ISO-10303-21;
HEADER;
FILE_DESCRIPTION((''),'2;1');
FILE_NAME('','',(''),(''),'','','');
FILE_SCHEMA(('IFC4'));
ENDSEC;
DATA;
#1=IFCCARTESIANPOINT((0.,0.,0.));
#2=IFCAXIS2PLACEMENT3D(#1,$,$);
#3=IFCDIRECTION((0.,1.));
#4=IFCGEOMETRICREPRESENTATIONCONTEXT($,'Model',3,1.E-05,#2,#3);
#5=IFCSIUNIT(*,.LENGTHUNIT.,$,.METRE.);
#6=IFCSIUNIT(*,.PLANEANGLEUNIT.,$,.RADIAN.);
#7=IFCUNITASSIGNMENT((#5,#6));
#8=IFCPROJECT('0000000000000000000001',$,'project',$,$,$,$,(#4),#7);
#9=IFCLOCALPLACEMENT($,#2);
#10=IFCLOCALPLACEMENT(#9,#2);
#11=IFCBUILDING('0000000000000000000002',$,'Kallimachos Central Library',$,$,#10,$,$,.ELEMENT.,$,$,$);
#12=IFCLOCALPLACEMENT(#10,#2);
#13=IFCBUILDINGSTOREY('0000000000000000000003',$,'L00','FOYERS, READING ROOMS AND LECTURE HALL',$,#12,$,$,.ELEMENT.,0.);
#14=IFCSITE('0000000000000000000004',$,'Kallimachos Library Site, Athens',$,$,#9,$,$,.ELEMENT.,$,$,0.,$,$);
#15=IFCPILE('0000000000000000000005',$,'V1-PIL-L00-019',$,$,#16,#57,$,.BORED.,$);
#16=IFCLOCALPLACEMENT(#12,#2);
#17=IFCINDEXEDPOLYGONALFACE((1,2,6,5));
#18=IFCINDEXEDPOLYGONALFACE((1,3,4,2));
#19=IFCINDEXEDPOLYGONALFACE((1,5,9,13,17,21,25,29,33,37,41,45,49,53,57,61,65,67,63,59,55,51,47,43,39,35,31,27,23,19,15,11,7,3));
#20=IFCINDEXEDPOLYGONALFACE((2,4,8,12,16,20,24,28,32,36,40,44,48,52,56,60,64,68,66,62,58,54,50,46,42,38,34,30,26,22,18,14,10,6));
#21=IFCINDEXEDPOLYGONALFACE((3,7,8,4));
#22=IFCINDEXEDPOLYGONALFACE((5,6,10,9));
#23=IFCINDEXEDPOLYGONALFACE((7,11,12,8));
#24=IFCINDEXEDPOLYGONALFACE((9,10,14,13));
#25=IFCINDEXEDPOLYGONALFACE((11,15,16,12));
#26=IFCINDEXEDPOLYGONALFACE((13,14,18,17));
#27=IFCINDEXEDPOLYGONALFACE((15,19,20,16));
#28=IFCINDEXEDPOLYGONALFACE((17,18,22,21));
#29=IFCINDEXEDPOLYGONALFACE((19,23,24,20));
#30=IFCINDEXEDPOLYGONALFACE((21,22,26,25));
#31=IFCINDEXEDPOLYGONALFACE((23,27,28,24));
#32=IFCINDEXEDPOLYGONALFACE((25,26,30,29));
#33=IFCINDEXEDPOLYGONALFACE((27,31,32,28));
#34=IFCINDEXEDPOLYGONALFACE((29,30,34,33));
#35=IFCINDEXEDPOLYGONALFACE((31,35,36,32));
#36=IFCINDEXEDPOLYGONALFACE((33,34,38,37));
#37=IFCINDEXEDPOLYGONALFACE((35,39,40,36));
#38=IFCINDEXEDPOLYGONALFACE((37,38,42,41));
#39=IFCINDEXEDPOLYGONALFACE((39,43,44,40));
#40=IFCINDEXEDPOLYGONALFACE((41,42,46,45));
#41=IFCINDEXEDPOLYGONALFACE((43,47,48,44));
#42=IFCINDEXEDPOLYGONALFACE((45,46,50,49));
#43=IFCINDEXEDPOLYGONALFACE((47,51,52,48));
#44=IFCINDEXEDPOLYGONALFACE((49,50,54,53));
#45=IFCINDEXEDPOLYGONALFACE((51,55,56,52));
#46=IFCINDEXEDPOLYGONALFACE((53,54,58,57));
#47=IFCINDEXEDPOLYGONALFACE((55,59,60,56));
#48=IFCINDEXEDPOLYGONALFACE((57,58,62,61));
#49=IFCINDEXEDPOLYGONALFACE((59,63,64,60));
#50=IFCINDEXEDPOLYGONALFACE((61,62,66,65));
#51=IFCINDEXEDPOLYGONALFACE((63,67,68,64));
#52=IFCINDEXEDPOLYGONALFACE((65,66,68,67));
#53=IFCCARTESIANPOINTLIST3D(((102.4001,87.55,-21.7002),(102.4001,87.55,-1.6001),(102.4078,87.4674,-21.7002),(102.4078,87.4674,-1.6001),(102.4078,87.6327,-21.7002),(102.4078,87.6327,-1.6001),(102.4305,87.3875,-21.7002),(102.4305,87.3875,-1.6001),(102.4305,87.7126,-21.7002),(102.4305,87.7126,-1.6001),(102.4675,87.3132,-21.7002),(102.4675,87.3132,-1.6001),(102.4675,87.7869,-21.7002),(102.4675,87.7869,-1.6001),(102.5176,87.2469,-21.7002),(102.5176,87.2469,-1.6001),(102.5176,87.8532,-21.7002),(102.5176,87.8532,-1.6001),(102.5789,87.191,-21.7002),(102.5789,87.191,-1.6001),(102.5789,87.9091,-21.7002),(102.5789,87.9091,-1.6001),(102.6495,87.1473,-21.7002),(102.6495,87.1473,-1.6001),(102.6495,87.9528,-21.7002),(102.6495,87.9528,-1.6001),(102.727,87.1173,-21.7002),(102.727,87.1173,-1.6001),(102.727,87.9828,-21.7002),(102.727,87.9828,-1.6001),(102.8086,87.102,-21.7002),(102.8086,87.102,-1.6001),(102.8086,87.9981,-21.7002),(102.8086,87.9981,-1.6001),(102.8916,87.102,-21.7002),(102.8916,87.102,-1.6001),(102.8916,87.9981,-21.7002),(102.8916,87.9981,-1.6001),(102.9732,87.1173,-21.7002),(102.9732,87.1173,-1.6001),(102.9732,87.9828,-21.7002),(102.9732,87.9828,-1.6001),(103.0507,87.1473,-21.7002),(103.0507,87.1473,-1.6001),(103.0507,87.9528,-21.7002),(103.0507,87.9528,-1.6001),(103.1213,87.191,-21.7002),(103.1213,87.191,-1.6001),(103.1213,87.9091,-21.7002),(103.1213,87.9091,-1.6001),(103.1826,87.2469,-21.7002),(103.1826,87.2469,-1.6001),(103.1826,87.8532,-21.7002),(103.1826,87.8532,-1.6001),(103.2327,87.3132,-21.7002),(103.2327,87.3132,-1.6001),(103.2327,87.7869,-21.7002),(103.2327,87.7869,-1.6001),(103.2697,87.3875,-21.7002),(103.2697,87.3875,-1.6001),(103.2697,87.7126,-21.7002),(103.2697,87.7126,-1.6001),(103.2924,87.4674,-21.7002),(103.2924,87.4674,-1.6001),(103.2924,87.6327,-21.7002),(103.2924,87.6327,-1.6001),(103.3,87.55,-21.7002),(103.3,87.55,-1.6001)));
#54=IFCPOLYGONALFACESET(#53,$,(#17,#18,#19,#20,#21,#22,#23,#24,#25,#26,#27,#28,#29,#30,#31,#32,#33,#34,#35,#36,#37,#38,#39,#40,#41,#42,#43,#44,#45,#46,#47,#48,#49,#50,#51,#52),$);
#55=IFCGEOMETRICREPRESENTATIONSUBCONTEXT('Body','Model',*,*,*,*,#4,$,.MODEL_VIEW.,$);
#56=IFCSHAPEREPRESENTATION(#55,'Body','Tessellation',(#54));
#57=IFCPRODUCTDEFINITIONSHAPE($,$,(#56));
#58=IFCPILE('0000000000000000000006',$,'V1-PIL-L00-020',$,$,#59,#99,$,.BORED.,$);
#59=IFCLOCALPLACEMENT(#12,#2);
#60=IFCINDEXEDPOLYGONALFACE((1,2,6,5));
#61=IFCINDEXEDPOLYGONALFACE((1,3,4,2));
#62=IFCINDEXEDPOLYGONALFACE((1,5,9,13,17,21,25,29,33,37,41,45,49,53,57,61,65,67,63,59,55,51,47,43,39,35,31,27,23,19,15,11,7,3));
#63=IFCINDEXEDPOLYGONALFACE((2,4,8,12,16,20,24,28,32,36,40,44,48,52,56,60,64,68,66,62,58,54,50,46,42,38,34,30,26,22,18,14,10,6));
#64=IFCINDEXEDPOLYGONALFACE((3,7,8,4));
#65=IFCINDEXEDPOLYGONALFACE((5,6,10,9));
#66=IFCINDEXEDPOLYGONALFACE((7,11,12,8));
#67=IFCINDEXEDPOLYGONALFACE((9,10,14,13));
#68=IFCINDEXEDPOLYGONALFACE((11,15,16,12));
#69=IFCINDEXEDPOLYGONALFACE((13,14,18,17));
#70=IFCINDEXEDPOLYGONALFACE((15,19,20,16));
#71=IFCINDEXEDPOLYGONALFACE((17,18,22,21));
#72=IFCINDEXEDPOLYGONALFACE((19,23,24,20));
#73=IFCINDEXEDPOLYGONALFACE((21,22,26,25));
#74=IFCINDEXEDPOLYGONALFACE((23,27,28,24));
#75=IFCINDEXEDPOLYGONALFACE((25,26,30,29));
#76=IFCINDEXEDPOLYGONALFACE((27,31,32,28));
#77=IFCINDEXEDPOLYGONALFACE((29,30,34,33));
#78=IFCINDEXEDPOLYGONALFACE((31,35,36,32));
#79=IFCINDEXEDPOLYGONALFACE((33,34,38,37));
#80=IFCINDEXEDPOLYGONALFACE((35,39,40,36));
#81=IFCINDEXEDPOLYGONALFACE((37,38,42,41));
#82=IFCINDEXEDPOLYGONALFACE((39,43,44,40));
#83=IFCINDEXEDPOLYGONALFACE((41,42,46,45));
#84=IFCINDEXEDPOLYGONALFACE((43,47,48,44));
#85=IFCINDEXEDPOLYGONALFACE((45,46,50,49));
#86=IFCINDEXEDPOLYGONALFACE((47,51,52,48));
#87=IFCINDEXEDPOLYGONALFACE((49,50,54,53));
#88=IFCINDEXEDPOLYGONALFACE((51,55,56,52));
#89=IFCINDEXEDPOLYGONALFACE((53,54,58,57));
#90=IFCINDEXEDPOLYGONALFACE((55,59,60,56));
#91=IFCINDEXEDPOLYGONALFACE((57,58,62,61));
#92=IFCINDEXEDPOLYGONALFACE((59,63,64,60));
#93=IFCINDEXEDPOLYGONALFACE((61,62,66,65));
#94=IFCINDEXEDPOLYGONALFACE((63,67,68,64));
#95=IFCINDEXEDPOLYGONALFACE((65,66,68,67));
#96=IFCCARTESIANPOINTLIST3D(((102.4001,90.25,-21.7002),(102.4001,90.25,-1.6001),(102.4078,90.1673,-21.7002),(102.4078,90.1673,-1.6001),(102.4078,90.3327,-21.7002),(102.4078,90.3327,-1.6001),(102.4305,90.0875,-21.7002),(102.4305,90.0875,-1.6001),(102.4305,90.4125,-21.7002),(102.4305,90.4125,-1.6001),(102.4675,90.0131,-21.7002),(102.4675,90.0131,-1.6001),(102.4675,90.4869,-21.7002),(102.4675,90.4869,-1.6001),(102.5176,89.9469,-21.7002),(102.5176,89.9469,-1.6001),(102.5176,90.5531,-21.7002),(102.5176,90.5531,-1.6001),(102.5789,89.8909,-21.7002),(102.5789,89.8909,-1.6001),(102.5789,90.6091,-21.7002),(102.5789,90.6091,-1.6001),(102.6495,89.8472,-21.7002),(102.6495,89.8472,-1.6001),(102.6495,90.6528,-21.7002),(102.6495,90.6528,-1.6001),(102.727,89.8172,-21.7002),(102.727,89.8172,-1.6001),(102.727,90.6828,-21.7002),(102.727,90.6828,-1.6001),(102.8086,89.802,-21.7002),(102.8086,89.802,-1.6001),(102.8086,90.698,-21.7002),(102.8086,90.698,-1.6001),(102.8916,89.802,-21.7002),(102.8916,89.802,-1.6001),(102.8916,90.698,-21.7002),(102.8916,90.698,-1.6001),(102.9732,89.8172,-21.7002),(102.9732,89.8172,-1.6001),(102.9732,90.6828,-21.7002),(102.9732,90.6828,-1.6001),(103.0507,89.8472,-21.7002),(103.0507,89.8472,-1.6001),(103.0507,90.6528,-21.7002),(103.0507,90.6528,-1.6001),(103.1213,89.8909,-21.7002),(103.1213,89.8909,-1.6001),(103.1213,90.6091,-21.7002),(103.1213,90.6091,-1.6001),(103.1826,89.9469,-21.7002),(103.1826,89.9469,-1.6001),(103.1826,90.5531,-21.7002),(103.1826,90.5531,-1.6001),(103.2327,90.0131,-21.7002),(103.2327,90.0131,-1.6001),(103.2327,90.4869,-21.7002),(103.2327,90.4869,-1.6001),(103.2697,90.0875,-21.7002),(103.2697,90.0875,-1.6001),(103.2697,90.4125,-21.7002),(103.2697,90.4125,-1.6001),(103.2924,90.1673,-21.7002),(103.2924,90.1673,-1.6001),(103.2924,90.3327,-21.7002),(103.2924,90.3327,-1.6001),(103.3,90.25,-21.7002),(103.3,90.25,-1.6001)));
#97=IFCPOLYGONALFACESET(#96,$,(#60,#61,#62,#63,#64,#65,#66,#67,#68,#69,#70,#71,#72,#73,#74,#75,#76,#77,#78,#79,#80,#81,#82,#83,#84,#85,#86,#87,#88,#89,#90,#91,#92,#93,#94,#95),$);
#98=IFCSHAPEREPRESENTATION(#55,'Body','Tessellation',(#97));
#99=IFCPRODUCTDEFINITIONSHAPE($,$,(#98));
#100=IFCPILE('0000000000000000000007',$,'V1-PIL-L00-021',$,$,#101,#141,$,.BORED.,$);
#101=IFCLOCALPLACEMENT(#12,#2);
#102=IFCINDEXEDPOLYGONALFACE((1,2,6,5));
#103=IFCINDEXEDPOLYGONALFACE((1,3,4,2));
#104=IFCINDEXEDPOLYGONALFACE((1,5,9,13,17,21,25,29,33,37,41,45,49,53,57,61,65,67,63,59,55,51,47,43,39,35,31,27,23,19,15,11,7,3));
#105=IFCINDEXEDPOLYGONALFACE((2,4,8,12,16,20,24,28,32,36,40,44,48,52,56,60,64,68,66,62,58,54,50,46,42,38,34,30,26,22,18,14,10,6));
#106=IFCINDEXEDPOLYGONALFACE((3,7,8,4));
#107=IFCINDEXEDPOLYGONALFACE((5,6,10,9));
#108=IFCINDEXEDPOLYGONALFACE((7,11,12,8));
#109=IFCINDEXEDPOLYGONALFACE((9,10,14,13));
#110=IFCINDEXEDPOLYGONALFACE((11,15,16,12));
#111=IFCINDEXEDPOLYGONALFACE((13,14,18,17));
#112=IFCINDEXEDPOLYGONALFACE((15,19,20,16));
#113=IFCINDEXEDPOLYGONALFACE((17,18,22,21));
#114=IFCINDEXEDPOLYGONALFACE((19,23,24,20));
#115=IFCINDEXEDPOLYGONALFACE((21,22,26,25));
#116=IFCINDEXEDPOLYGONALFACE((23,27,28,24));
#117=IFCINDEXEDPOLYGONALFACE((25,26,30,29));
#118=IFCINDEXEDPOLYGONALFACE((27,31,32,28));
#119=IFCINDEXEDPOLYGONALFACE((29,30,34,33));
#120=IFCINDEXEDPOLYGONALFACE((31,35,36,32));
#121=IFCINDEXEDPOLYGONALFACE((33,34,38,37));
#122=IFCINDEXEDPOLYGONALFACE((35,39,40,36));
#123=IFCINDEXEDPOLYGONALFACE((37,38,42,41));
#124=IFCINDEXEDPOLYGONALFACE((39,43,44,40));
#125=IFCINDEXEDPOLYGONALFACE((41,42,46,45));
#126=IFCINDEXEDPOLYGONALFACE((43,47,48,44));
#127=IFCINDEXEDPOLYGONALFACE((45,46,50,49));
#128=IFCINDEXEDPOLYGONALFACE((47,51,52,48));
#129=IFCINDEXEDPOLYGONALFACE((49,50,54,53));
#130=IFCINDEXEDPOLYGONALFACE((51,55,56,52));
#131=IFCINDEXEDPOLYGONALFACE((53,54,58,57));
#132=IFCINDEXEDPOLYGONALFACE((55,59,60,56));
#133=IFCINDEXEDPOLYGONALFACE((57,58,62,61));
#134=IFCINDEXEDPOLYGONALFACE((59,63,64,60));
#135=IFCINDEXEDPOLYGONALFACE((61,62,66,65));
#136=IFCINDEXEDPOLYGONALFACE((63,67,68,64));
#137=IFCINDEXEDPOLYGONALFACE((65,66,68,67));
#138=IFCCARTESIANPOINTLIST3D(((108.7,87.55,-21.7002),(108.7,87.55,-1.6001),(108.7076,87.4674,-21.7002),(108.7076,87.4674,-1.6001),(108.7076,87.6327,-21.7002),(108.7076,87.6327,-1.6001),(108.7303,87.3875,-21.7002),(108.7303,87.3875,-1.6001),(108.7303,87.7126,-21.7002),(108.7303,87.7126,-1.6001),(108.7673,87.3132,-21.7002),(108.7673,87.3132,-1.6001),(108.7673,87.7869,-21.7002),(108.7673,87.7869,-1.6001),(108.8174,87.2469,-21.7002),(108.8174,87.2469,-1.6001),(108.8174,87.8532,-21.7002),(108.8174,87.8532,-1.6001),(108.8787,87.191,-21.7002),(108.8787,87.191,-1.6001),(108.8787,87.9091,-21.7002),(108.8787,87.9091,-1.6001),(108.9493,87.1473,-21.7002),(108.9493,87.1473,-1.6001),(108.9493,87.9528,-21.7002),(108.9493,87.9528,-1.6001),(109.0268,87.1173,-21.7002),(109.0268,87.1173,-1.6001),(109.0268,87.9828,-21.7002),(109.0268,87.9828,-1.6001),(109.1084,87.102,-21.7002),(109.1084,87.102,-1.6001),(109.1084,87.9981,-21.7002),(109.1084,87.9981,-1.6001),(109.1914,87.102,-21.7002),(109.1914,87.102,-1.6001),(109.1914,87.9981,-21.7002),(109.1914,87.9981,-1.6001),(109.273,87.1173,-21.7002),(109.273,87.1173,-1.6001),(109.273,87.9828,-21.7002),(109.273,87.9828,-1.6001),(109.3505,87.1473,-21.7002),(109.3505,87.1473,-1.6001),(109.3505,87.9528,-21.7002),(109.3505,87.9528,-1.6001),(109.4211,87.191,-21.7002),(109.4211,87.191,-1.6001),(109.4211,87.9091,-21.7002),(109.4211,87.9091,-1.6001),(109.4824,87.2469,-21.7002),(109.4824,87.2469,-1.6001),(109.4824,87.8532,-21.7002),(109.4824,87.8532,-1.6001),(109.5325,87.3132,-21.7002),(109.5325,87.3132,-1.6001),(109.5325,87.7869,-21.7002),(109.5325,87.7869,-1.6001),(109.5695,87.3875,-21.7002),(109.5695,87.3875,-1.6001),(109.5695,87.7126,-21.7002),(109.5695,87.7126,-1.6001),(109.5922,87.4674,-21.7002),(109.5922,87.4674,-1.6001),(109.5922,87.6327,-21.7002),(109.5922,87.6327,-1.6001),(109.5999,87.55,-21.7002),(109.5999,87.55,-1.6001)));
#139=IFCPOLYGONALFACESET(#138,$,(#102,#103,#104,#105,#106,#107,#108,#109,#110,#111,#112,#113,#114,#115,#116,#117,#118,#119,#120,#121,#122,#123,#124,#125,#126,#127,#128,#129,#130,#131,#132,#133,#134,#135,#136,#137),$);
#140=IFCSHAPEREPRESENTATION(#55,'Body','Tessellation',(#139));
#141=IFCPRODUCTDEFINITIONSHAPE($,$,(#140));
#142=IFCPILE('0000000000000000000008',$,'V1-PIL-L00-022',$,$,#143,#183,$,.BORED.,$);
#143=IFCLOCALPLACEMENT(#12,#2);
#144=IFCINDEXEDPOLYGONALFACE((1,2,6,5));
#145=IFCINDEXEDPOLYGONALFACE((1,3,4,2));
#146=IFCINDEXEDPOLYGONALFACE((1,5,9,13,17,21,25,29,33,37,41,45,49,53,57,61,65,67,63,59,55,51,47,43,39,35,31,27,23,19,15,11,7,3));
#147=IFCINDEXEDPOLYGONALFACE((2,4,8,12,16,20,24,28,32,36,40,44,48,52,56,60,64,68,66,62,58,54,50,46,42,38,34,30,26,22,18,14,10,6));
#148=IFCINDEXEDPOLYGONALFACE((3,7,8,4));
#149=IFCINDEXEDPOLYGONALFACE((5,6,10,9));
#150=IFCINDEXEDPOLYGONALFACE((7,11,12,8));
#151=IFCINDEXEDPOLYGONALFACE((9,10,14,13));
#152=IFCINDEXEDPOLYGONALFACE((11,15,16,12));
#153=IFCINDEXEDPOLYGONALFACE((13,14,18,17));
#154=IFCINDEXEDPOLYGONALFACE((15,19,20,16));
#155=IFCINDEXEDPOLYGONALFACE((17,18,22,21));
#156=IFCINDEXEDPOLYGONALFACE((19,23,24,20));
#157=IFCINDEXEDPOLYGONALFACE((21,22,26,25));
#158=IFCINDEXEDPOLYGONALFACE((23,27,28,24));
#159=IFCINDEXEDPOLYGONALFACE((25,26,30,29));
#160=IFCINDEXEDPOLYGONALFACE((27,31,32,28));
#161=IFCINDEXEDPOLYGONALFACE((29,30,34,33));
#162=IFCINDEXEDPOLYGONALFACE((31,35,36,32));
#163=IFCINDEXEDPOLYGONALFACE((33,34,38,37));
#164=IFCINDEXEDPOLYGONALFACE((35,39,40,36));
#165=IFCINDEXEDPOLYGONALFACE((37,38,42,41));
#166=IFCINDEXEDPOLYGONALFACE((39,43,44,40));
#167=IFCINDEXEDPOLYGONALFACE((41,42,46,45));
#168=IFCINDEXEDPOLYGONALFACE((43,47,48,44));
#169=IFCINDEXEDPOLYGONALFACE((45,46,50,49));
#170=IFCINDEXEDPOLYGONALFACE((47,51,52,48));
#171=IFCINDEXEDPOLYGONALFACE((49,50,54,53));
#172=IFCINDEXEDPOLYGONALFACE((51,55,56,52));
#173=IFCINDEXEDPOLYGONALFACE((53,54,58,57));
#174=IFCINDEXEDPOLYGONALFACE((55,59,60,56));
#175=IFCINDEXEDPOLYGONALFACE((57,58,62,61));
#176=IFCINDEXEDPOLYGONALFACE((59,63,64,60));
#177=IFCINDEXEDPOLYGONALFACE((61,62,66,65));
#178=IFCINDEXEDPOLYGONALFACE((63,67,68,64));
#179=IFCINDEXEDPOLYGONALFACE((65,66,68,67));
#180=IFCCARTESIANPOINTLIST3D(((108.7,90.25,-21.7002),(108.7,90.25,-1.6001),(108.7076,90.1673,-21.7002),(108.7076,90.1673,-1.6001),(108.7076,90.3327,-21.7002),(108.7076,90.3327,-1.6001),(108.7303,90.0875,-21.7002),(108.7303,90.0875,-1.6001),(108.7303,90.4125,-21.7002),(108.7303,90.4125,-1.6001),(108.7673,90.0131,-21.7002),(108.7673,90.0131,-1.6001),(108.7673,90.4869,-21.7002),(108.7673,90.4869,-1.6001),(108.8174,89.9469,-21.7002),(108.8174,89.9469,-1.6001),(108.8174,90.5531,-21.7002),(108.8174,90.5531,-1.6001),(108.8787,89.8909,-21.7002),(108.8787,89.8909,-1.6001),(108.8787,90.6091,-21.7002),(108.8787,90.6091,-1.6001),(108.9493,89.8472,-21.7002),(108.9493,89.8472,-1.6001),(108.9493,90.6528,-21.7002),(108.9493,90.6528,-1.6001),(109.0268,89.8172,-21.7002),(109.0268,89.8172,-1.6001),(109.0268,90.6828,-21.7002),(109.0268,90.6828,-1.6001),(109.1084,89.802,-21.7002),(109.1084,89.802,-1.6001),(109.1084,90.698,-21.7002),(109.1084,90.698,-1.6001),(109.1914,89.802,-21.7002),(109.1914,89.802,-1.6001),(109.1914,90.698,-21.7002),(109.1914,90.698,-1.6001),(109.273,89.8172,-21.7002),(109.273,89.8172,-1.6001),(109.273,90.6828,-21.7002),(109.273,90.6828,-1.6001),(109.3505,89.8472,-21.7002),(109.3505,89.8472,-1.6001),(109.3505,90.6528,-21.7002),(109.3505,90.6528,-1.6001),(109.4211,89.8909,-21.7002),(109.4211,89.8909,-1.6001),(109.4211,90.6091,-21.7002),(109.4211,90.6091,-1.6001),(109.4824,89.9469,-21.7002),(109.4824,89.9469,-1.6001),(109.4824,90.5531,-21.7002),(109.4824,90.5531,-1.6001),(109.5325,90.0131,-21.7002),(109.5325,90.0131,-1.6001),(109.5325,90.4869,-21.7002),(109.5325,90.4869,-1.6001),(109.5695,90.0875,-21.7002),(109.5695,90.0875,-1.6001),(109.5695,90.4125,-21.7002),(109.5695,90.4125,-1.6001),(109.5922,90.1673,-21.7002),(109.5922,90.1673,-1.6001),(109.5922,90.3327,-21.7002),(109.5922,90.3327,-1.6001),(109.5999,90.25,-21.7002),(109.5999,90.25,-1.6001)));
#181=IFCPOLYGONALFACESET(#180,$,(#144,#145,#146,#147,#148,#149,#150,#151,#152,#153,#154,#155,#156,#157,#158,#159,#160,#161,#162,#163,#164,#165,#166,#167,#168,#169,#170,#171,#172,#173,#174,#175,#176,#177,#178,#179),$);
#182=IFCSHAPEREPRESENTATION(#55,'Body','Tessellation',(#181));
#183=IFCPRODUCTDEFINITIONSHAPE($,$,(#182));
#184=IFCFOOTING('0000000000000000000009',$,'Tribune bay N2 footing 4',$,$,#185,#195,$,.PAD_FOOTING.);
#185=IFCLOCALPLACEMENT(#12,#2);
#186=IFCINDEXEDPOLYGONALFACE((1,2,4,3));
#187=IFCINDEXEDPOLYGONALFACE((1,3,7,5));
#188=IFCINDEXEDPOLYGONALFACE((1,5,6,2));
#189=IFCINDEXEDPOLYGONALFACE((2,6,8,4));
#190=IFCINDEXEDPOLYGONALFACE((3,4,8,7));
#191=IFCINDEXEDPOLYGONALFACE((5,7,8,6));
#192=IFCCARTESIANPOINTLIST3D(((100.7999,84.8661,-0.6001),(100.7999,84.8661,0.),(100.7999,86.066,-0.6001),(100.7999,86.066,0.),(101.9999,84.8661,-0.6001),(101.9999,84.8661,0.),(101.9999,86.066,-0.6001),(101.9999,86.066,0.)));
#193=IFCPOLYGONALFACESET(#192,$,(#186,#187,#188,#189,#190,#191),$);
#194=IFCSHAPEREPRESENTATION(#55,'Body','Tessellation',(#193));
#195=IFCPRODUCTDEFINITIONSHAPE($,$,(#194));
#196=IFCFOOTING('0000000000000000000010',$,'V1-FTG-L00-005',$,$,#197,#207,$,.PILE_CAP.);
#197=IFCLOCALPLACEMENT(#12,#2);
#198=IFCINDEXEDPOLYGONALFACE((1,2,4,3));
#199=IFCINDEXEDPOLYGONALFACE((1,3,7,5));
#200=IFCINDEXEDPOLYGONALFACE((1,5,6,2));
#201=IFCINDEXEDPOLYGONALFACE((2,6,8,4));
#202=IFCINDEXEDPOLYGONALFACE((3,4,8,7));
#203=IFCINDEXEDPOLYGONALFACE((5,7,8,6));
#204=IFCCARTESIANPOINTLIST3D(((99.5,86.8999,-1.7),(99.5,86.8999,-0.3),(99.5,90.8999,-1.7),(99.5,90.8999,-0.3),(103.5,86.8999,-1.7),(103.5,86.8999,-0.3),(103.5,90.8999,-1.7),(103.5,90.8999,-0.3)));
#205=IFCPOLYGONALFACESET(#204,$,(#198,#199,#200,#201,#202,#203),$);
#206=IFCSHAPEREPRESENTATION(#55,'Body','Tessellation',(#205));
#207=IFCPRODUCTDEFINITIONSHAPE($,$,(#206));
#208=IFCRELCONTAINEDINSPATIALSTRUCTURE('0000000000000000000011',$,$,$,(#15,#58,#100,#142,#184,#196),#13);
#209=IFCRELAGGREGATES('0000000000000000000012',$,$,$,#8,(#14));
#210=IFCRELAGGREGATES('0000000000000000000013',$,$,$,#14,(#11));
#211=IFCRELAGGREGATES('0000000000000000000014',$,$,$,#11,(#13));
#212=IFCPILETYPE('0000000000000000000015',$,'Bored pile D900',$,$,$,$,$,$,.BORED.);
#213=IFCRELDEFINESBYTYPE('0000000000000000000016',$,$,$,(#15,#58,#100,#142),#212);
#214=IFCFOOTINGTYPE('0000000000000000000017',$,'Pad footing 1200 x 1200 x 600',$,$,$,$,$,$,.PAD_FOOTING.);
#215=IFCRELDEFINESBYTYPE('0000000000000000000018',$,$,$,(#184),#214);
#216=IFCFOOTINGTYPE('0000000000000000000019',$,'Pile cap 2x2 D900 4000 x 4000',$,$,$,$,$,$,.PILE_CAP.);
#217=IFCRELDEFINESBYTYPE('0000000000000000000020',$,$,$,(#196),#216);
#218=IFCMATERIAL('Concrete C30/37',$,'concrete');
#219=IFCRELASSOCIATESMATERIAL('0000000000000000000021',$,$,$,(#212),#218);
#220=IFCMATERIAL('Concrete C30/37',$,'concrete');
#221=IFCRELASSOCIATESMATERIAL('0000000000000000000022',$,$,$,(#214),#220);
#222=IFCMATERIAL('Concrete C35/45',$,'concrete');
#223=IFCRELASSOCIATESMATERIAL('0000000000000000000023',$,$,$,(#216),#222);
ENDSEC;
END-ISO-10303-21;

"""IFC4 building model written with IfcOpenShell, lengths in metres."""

from ifc_helpers import new_model, si_unit, direction, frame, origin, origin_2d, place, context, subcontext, project, spatial, rectangle, circle, extrude, material, type_object, element, save


model = new_model("IFC4")

# Units and contexts
model_context = context("Model", 3, precision=1e-05, world=origin(), true_north=direction((0.0, 1.0)))
body_context = subcontext(model_context, "Body", "Model", "MODEL_VIEW")
ifc_project = project(units=[si_unit("LENGTHUNIT", "METRE"), si_unit("PLANEANGLEUNIT", "RADIAN")], contexts=[model_context])

# Site, building, storey
site_placement = place(None, origin())
site = spatial("IfcSite", under=ifc_project, at=site_placement, Name="Kallimachos Library Site, Athens", CompositionType="ELEMENT", RefElevation=0.0)
building_placement = place(site_placement, origin())
building = spatial("IfcBuilding", under=site, at=building_placement, Name="Kallimachos Central Library", CompositionType="ELEMENT")
storey_placement = place(building_placement, origin())
storey = spatial("IfcBuildingStorey", under=building, at=storey_placement, Name="L00", Description="FOYERS, READING ROOMS AND LECTURE HALL", CompositionType="ELEMENT", Elevation=0.0)

# Piles
ifc_material_1 = material(Name="Concrete C30/37", Category="concrete")
pile_type = type_object("IfcPileType", Name="Bored pile D900", PredefinedType="BORED", material=ifc_material_1)
for number, where, z_axis, x_axis, name in (
    (1, (102.8501, 87.55, -1.6001), (0.0, 0.0, -1.0), (1.0, 0.0, 0.0), "V1-PIL-L00-019"),
    (2, (102.8501, 90.25, -1.6001), (0.0, 0.0, -1.0), (1.0, 0.0, 0.0), "V1-PIL-L00-020"),
    (3, (109.1499, 87.55, -1.6001), (0.0, 0.0, -1.0), (1.0, 0.0, 0.0), "V1-PIL-L00-021"),
    (4, (109.1499, 90.25, -1.6001), (0.0, 0.0, -1.0), (1.0, 0.0, 0.0), "V1-PIL-L00-022"),
):
    element("IfcPile", number, at=place(storey_placement, frame(where, z_axis=z_axis, x_axis=x_axis)), inside=storey, type_object=pile_type, Name=name, PredefinedType="BORED", context=body_context, shape_type="SweptSolid", body=[
        extrude(circle(Radius=0.45, at=origin_2d()), origin(), (0.0, 0.0, 1.0), 20.1001),
    ])

# Footings
ifc_material_2 = material(Name="Concrete C30/37", Category="concrete")
footing_type_1 = type_object("IfcFootingType", Name="Pad footing 1200 x 1200 x 600", PredefinedType="PAD_FOOTING", material=ifc_material_2)
footing_1_placement = place(storey_placement, frame((101.3999, 85.4661, -0.6001), z_axis=(0.0, 0.0, 1.0), x_axis=(1.0, 0.0, 0.0)))
element("IfcFooting", 5, at=footing_1_placement, inside=storey, type_object=footing_type_1, Name="Tribune bay N2 footing 4", PredefinedType="PAD_FOOTING", context=body_context, shape_type="SweptSolid", body=[
    extrude(rectangle(XDim=1.2, YDim=1.2, at=origin_2d()), origin(), (0.0, 0.0, 1.0), 0.6001),
])
ifc_material_3 = material(Name="Concrete C35/45", Category="concrete")
footing_type_2 = type_object("IfcFootingType", Name="Pile cap 2x2 D900 4000 x 4000", PredefinedType="PILE_CAP", material=ifc_material_3)
footing_2_placement = place(storey_placement, frame((101.5, 88.8999, -1.7), z_axis=(0.0, 0.0, 1.0), x_axis=(1.0, 0.0, 0.0)))
element("IfcFooting", 6, at=footing_2_placement, inside=storey, type_object=footing_type_2, Name="V1-FTG-L00-005", PredefinedType="PILE_CAP", context=body_context, shape_type="SweptSolid", body=[
    extrude(rectangle(XDim=4.0, YDim=4.0, at=origin_2d()), origin(), (0.0, 0.0, 1.0), 1.3999),
])

save(model, "model.ifc")
